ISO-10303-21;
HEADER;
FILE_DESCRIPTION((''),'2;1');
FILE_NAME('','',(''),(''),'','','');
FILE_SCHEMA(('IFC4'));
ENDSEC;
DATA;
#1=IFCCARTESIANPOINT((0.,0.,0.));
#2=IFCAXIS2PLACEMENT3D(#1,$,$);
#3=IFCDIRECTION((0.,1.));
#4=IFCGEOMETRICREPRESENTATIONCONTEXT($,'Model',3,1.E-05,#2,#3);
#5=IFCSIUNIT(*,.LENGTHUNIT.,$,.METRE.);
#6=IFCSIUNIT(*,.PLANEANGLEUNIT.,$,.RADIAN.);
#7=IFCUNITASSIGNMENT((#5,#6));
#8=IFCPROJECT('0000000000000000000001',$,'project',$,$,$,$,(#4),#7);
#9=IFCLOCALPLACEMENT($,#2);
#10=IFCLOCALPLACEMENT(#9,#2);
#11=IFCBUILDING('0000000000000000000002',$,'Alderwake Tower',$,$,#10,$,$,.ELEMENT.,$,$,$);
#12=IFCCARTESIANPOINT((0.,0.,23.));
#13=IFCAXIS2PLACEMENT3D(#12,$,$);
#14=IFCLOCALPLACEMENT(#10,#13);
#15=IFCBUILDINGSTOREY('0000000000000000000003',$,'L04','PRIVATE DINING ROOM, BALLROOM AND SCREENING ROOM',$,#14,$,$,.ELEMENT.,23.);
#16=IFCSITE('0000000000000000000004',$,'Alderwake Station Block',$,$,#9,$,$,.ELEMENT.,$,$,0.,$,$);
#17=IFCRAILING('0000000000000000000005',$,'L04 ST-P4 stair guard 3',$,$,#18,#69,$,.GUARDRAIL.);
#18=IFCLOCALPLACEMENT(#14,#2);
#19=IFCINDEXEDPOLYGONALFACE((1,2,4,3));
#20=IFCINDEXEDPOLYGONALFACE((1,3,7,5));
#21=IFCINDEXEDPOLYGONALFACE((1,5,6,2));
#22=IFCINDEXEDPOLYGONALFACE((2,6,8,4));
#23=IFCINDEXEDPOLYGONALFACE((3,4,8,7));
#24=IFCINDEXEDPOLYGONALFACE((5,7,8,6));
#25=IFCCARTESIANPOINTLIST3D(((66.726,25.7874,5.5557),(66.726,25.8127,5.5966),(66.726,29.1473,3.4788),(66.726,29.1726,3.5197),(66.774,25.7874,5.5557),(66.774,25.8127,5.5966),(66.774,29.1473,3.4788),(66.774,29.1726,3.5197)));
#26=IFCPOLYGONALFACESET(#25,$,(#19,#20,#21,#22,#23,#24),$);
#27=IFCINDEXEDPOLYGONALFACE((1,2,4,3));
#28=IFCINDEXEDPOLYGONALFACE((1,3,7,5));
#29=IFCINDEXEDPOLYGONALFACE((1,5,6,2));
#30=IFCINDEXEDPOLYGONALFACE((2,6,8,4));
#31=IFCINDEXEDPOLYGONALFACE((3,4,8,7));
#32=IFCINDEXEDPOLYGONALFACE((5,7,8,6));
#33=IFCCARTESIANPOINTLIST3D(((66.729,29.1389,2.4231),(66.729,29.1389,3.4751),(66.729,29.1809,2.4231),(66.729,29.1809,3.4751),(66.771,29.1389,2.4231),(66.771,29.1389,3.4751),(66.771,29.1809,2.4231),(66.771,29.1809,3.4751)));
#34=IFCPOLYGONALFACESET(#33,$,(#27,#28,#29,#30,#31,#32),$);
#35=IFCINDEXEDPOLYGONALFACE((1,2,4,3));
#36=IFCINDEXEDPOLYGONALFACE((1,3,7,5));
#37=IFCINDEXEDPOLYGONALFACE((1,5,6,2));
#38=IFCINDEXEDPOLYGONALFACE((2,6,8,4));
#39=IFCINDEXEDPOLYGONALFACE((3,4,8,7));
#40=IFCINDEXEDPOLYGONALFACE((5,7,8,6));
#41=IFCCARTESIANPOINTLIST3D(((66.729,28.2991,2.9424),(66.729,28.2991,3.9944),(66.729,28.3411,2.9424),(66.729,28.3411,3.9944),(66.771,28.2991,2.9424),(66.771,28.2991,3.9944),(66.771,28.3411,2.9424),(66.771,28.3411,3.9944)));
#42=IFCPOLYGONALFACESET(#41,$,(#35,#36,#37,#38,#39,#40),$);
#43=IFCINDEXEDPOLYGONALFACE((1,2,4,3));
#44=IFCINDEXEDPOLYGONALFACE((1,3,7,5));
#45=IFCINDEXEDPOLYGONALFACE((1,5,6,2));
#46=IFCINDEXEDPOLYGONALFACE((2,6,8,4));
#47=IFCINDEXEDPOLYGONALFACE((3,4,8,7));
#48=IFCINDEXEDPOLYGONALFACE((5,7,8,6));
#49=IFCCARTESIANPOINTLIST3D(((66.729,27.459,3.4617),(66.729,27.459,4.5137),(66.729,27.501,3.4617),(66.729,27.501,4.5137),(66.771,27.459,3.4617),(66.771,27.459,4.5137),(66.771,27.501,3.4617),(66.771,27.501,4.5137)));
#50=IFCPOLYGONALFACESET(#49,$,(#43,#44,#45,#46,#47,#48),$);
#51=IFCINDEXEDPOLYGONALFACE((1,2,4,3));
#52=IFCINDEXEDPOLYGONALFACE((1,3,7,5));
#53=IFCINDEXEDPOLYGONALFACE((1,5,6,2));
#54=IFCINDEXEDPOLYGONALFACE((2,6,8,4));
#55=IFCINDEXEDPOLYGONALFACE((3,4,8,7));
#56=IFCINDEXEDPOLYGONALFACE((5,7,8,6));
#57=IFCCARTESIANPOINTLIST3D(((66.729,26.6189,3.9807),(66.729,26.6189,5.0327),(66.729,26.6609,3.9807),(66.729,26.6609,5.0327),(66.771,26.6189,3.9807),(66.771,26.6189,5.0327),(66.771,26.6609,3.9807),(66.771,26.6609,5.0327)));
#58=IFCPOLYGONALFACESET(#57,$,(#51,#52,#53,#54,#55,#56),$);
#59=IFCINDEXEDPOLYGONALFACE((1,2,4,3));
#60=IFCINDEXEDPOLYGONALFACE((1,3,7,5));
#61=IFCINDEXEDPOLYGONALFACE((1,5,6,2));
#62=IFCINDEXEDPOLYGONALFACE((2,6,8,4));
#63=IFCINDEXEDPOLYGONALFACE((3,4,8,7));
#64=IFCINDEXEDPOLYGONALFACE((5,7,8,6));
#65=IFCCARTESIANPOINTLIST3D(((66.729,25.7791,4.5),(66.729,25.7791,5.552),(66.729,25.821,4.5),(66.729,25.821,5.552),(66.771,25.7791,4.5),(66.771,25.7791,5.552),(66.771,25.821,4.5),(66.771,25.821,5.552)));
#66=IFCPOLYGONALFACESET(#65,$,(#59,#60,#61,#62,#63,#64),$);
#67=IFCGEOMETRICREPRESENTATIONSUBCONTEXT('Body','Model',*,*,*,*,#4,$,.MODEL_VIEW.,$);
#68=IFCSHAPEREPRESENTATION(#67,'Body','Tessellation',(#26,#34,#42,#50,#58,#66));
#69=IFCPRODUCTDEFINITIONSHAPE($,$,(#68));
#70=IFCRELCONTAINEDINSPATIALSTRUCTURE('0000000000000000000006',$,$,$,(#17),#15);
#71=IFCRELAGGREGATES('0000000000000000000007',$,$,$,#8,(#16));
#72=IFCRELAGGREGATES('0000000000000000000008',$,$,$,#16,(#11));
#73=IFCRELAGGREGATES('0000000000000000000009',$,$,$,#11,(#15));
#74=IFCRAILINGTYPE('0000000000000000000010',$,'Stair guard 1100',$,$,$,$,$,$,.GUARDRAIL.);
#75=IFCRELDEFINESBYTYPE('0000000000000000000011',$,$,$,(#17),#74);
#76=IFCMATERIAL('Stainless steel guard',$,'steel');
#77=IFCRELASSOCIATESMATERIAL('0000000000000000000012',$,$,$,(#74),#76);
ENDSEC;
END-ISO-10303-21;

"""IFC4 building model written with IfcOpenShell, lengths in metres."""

from ifc_helpers import new_model, si_unit, direction, frame, origin, origin_2d, place, context, subcontext, project, spatial, rectangle, extrude, material, type_object, element, save


model = new_model("IFC4")

# Units and contexts
model_context = context("Model", 3, precision=1e-05, world=origin(), true_north=direction((0.0, 1.0)))
body_context = subcontext(model_context, "Body", "Model", "MODEL_VIEW")
ifc_project = project(units=[si_unit("LENGTHUNIT", "METRE"), si_unit("PLANEANGLEUNIT", "RADIAN")], contexts=[model_context])

# Site, building, storey
site_placement = place(None, origin())
site = spatial("IfcSite", under=ifc_project, at=site_placement, Name="Alderwake Station Block", CompositionType="ELEMENT", RefElevation=0.0)
building_placement = place(site_placement, origin())
building = spatial("IfcBuilding", under=site, at=building_placement, Name="Alderwake Tower", CompositionType="ELEMENT")
storey_placement = place(building_placement, frame((0.0, 0.0, 23.0)))
storey = spatial("IfcBuildingStorey", under=building, at=storey_placement, Name="L04", Description="PRIVATE DINING ROOM, BALLROOM AND SCREENING ROOM", CompositionType="ELEMENT", Elevation=23.0)

# Railing
ifc_material_1 = material(Name="Stainless steel guard", Category="steel")
railing_type = type_object("IfcRailingType", Name="Stair guard 1100", PredefinedType="GUARDRAIL", material=ifc_material_1)
railing_1_placement = place(storey_placement, frame((66.75, 29.1599, 2.4231)))
element("IfcRailing", 1, at=railing_1_placement, inside=storey, type_object=railing_type, Name="L04 ST-P4 stair guard 3", PredefinedType="GUARDRAIL", context=body_context, shape_type="SweptSolid", body=[
    extrude(rectangle(XDim=0.0481, YDim=0.0481, at=origin_2d()), frame((0.0, 0.0, 1.0762), z_axis=(0.0, -0.850606, 0.525803), x_axis=(1.0, 0.0, 0.0)), (0.0, 0.0, 1.0), 3.95),
    extrude(rectangle(XDim=0.042, YDim=0.042, at=origin_2d()), frame((0.0, 0.0, 0.0), z_axis=(0.0, 0.0, 1.0), x_axis=(0.0, -1.0, 0.0)), (0.0, 0.0, 1.0), 1.052),
    extrude(rectangle(XDim=0.042, YDim=0.042, at=origin_2d()), frame((0.0, -0.8398, 0.5193), z_axis=(0.0, 0.0, 1.0), x_axis=(0.0, -1.0, 0.0)), (0.0, 0.0, 1.0), 1.052),
    extrude(rectangle(XDim=0.042, YDim=0.042, at=origin_2d()), frame((0.0, -1.6799, 1.0386), z_axis=(0.0, 0.0, 1.0), x_axis=(0.0, -1.0, 0.0)), (0.0, 0.0, 1.0), 1.052),
    extrude(rectangle(XDim=0.042, YDim=0.042, at=origin_2d()), frame((0.0, -2.52, 1.5576), z_axis=(0.0, 0.0, 1.0), x_axis=(0.0, -1.0, 0.0)), (0.0, 0.0, 1.0), 1.052),
    extrude(rectangle(XDim=0.042, YDim=0.042, at=origin_2d()), frame((0.0, -3.3599, 2.0769), z_axis=(0.0, 0.0, 1.0), x_axis=(0.0, -1.0, 0.0)), (0.0, 0.0, 1.0), 1.052),
])

save(model, "model.ifc")
